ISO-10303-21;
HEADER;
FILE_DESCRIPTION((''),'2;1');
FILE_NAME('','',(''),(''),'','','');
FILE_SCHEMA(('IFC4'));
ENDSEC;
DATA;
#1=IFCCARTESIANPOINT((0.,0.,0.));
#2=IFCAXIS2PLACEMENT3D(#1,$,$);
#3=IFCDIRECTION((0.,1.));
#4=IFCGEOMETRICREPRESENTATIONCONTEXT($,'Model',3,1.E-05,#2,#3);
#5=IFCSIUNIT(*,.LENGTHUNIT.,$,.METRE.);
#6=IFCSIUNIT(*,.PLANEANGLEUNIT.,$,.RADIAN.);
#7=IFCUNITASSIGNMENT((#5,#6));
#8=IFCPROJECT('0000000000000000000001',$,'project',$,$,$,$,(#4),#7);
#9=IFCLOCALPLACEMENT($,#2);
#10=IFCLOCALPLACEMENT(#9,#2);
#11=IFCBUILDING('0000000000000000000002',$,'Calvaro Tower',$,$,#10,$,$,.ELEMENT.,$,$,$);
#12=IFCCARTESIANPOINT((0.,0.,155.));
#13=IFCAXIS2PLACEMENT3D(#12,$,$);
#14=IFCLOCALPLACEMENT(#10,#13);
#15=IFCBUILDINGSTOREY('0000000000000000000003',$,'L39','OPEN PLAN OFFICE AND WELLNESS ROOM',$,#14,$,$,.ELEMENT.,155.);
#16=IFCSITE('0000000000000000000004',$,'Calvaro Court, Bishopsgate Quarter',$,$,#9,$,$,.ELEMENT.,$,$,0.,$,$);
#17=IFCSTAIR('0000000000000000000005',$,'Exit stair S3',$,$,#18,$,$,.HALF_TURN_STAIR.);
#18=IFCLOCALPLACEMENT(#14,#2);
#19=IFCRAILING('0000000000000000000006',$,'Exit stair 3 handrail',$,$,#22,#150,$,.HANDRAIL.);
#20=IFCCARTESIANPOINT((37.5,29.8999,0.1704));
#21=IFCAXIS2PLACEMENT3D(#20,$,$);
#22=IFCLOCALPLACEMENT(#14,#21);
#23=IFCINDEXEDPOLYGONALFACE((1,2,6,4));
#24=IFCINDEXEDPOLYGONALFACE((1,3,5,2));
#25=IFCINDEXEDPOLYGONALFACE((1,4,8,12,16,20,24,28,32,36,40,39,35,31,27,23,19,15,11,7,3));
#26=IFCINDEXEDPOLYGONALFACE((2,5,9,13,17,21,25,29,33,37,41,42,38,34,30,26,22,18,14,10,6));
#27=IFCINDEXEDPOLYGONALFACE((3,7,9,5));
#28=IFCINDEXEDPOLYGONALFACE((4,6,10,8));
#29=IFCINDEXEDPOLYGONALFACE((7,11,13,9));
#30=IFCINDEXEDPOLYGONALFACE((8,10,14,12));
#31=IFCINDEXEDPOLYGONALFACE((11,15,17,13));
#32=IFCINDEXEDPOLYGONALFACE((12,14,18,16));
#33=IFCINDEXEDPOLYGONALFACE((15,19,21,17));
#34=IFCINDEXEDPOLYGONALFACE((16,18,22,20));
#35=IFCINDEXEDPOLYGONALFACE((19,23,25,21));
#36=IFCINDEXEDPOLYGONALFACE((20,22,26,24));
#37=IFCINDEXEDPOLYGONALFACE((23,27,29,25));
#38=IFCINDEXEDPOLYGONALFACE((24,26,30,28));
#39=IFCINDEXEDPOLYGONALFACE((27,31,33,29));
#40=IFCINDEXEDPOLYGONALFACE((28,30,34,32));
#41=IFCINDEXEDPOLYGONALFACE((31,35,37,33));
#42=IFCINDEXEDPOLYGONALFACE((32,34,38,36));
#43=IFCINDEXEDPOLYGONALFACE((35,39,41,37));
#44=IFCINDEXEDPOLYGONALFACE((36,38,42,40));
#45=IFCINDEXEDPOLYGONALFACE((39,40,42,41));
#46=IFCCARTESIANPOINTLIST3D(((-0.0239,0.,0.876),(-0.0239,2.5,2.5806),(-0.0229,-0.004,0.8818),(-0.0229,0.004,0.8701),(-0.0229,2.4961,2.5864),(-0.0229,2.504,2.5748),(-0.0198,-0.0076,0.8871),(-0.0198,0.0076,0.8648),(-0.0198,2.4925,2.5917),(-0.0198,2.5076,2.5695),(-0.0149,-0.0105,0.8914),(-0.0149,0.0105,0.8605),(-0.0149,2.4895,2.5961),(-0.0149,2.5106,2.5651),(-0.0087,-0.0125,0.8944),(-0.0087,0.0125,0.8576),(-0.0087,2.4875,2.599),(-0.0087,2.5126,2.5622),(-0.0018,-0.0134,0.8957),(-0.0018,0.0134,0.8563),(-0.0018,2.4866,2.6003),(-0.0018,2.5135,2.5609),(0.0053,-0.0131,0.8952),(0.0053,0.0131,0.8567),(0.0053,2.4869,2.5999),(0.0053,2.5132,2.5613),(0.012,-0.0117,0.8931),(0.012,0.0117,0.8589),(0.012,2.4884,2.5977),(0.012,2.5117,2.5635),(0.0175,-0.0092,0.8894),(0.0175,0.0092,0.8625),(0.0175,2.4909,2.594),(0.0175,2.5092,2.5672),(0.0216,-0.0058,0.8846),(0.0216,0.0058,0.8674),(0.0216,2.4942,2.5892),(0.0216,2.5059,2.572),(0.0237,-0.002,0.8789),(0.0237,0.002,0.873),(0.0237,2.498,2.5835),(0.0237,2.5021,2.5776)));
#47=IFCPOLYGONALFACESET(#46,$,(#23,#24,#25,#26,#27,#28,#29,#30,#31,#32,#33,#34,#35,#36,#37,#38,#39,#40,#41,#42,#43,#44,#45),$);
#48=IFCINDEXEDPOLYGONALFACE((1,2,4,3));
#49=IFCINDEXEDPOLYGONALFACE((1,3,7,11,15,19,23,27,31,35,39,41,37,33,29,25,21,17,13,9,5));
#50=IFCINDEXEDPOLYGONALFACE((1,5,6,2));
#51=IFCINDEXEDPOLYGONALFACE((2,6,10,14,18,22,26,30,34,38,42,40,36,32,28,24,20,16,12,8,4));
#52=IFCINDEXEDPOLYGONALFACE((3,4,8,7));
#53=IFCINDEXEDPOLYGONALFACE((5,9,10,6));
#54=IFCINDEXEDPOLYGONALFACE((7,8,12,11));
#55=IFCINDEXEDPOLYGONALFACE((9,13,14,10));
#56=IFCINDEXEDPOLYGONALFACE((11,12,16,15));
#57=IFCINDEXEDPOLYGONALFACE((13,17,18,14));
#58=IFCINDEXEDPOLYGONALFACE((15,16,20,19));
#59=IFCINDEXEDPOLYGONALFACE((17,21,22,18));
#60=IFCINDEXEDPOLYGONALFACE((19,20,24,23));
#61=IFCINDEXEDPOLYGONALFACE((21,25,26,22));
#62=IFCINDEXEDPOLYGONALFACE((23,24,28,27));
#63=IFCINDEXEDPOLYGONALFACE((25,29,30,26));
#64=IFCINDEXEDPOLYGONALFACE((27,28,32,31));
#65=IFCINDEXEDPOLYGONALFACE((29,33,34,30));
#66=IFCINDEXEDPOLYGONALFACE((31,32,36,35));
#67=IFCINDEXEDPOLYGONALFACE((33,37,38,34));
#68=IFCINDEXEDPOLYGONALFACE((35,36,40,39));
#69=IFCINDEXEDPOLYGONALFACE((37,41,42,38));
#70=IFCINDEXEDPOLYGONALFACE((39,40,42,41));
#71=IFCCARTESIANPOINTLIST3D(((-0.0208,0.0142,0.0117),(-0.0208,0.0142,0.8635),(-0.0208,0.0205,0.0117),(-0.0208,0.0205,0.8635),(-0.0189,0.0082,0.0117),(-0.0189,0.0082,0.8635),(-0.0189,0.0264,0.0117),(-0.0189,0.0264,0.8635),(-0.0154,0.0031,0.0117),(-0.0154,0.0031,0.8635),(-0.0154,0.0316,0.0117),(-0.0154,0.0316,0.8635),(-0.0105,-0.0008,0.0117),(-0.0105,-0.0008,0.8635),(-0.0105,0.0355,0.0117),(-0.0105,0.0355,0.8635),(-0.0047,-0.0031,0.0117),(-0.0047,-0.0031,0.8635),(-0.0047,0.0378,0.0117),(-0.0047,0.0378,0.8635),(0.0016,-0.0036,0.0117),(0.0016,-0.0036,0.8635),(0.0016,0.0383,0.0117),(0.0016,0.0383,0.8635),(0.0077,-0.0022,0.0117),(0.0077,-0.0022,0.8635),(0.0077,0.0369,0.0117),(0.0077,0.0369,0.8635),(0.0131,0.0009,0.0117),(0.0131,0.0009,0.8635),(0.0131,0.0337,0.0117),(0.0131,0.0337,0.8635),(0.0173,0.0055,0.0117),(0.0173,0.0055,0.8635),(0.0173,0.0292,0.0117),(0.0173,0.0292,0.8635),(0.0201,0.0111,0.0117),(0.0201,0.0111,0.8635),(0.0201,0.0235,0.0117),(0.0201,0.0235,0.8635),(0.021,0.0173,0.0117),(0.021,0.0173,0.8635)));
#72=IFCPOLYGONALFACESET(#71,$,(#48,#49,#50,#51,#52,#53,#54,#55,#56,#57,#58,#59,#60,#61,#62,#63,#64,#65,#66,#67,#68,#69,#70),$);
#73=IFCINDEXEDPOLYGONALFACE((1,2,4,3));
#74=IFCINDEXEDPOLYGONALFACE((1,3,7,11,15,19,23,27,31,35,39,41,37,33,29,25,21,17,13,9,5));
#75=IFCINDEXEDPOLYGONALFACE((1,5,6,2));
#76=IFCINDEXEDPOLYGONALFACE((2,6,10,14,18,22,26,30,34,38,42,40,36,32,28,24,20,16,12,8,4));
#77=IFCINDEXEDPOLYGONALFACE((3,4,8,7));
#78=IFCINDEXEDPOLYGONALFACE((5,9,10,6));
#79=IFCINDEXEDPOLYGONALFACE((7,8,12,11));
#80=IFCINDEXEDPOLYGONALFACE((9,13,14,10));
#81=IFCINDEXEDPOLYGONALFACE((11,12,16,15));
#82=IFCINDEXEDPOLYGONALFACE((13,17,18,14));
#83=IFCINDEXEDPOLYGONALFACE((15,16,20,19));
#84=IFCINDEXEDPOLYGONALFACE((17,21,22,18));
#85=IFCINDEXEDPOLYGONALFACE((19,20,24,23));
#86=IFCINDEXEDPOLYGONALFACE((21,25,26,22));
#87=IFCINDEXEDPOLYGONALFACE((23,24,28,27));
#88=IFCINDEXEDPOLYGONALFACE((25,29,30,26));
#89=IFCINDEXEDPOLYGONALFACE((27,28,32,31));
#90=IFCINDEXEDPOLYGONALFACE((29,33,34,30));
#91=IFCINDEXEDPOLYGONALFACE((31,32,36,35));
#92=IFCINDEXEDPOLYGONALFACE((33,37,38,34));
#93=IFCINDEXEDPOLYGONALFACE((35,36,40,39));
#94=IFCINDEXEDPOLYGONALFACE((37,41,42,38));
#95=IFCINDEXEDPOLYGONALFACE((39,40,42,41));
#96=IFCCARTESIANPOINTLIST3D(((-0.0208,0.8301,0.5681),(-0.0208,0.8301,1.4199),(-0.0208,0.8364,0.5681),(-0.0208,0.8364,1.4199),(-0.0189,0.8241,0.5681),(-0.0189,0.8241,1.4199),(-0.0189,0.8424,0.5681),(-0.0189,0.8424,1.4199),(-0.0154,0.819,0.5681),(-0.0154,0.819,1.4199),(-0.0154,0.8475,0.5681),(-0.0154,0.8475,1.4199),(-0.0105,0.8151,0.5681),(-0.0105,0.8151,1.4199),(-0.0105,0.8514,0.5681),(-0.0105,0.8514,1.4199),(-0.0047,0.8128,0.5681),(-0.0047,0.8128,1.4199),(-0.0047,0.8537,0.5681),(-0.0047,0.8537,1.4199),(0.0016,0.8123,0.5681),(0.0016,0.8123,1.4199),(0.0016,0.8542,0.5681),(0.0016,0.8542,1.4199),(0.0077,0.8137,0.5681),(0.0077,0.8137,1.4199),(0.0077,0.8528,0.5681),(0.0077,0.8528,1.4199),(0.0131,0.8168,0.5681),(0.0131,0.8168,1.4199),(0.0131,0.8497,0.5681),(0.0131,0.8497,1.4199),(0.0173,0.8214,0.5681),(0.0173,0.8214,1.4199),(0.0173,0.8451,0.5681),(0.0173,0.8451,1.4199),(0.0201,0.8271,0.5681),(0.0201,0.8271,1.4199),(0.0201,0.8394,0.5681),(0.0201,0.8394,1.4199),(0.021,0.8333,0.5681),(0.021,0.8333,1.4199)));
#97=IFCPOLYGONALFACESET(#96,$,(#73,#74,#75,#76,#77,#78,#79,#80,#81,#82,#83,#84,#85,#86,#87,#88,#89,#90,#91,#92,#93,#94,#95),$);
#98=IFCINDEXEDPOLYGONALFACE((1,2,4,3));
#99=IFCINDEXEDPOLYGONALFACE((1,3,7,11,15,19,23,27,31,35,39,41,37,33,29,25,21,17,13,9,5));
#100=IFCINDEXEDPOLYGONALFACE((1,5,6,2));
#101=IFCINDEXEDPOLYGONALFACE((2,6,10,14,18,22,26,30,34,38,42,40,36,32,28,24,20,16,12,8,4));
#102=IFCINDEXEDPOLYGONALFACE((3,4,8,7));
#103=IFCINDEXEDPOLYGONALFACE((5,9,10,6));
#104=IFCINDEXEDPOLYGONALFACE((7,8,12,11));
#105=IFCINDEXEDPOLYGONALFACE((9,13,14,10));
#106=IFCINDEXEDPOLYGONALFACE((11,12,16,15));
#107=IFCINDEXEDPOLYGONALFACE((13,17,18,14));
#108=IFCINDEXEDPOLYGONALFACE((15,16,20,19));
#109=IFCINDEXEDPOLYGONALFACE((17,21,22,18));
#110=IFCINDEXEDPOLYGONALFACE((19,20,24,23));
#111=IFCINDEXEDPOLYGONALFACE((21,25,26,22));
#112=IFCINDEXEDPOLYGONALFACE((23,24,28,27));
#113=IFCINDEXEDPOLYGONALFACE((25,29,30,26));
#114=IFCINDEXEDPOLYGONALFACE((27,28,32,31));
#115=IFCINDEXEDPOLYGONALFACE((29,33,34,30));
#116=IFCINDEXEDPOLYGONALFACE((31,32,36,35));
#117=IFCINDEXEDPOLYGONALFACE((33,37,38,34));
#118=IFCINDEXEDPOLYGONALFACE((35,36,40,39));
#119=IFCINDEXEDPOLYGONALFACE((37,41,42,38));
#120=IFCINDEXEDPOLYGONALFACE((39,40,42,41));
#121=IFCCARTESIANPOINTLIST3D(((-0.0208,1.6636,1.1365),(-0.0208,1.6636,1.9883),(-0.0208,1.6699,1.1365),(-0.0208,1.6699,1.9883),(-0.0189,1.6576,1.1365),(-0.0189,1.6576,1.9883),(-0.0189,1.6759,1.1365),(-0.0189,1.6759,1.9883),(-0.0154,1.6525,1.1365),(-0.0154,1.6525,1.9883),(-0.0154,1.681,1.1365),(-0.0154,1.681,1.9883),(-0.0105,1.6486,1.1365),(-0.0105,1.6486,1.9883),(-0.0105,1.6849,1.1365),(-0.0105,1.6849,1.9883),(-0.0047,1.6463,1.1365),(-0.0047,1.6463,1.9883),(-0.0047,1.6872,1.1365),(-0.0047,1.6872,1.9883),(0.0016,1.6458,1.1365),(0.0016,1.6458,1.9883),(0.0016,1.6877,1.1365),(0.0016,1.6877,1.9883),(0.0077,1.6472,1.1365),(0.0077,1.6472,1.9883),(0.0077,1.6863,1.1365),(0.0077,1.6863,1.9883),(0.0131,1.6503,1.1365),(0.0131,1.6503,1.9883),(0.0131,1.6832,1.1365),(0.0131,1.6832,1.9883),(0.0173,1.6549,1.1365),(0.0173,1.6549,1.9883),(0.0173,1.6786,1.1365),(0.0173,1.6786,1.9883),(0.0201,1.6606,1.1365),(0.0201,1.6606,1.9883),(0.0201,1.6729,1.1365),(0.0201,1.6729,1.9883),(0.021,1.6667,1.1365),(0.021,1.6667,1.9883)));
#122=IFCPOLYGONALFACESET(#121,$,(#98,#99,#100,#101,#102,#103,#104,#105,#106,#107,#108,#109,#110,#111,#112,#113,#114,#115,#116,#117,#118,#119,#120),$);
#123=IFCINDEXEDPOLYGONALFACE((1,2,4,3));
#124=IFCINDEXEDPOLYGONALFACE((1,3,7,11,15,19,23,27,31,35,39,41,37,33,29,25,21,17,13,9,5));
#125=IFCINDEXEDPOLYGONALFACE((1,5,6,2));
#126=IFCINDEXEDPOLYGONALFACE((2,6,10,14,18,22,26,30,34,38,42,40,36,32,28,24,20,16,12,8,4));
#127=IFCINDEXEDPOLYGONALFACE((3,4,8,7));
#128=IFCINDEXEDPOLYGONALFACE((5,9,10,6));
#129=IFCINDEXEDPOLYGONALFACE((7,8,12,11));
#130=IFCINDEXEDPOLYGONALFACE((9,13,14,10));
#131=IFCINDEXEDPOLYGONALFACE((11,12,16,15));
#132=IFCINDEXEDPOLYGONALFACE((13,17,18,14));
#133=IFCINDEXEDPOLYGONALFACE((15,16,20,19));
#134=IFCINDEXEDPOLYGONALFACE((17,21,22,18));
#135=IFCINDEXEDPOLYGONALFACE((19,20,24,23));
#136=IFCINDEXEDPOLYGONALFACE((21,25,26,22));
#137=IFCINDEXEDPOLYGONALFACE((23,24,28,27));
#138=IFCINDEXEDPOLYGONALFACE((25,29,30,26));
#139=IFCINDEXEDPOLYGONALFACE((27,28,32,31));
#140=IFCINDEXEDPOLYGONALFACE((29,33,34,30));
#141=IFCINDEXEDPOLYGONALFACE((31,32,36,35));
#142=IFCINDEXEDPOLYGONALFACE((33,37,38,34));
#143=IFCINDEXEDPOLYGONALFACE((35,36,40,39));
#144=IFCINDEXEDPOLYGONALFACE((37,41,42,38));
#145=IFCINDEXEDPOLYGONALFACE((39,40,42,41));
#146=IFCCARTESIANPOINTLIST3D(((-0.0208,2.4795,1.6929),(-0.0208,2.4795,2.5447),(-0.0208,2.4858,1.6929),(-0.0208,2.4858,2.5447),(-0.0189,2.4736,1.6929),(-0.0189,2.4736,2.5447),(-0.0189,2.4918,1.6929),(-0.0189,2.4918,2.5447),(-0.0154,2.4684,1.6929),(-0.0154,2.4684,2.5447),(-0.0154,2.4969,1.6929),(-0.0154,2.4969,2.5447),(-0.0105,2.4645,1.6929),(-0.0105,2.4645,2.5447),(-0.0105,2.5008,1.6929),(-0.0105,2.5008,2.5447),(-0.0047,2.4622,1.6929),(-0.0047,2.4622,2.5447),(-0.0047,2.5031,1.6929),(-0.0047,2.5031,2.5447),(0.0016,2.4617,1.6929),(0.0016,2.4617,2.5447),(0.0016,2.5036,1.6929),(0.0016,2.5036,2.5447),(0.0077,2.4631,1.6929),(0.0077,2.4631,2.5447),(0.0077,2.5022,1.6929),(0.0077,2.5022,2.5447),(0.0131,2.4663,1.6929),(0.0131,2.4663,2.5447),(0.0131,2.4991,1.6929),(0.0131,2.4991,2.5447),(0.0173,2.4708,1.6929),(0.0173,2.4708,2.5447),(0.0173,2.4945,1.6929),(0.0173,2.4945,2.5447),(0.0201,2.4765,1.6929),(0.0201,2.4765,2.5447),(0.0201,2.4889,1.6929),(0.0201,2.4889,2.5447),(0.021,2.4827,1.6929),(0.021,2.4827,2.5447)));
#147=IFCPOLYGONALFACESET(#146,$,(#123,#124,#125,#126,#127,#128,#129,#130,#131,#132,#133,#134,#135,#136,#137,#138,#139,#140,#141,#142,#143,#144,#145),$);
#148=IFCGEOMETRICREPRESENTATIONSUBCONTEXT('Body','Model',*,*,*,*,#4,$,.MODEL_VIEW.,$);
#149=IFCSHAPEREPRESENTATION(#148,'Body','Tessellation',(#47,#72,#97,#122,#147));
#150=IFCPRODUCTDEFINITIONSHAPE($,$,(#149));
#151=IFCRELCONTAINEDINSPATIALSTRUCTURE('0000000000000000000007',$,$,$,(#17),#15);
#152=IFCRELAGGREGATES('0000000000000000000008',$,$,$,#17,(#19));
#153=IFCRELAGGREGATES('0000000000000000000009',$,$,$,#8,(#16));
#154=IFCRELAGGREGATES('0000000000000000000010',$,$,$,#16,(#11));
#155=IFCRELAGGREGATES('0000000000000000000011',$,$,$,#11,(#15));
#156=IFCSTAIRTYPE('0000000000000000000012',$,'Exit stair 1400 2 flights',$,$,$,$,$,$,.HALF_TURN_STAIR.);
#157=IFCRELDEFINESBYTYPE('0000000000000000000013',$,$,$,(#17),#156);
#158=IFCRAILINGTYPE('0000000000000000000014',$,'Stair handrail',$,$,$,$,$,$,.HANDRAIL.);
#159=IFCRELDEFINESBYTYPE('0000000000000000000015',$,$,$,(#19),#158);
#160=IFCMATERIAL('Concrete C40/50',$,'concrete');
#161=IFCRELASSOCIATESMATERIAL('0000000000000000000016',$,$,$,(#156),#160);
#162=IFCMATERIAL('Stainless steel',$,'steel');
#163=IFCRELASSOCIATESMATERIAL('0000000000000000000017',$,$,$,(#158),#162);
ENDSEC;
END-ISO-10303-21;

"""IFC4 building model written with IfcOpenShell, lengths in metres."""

from ifc_helpers import new_model, si_unit, direction, frame, origin, origin_2d, place, context, subcontext, project, spatial, circle, extrude, material, type_object, element, aggregate, save


model = new_model("IFC4")

# Units and contexts
model_context = context("Model", 3, precision=1e-05, world=origin(), true_north=direction((0.0, 1.0)))
body_context = subcontext(model_context, "Body", "Model", "MODEL_VIEW")
ifc_project = project(units=[si_unit("LENGTHUNIT", "METRE"), si_unit("PLANEANGLEUNIT", "RADIAN")], contexts=[model_context])

# Site, building, storey
site_placement = place(None, origin())
site = spatial("IfcSite", under=ifc_project, at=site_placement, Name="Calvaro Court, Bishopsgate Quarter", CompositionType="ELEMENT", RefElevation=0.0)
building_placement = place(site_placement, origin())
building = spatial("IfcBuilding", under=site, at=building_placement, Name="Calvaro Tower", CompositionType="ELEMENT")
storey_placement = place(building_placement, frame((0.0, 0.0, 155.0)))
storey = spatial("IfcBuildingStorey", under=building, at=storey_placement, Name="L39", Description="OPEN PLAN OFFICE AND WELLNESS ROOM", CompositionType="ELEMENT", Elevation=155.0)

# Stair
ifc_material_1 = material(Name="Concrete C40/50", Category="concrete")
stair_type = type_object("IfcStairType", Name="Exit stair 1400 2 flights", PredefinedType="HALF_TURN_STAIR", material=ifc_material_1)
stair_1_placement = place(storey_placement, origin())
stair_1 = element("IfcStair", 1, at=stair_1_placement, inside=storey, type_object=stair_type, Name="Exit stair S3", PredefinedType="HALF_TURN_STAIR")

# Railing
ifc_material_2 = material(Name="Stainless steel", Category="steel")
railing_type = type_object("IfcRailingType", Name="Stair handrail", PredefinedType="HANDRAIL", material=ifc_material_2)
railing_1_placement = place(storey_placement, frame((37.5, 29.8999, 0.1704)))
railing_1 = element("IfcRailing", 2, at=railing_1_placement, type_object=railing_type, Name="Exit stair 3 handrail", PredefinedType="HANDRAIL", context=body_context, shape_type="SweptSolid", body=[
    extrude(circle(Radius=0.0239, at=origin_2d()), frame((0.0, 0.0, 0.876), z_axis=(0.0, 0.826221, 0.563347), x_axis=(-1.0, 0.0, 0.0)), (0.0, 0.0, 1.0), 3.0259),
    extrude(circle(Radius=0.021, at=origin_2d()), frame((0.0, 0.0173, 0.0117)), (0.0, 0.0, 1.0), 0.8518),
    extrude(circle(Radius=0.021, at=origin_2d()), frame((0.0, 0.8333, 0.5681)), (0.0, 0.0, 1.0), 0.8518),
    extrude(circle(Radius=0.021, at=origin_2d()), frame((0.0, 1.6667, 1.1365)), (0.0, 0.0, 1.0), 0.8518),
    extrude(circle(Radius=0.021, at=origin_2d()), frame((0.0, 2.4827, 1.6929)), (0.0, 0.0, 1.0), 0.8518),
])
aggregate(stair_1, [railing_1])

save(model, "model.ifc")
